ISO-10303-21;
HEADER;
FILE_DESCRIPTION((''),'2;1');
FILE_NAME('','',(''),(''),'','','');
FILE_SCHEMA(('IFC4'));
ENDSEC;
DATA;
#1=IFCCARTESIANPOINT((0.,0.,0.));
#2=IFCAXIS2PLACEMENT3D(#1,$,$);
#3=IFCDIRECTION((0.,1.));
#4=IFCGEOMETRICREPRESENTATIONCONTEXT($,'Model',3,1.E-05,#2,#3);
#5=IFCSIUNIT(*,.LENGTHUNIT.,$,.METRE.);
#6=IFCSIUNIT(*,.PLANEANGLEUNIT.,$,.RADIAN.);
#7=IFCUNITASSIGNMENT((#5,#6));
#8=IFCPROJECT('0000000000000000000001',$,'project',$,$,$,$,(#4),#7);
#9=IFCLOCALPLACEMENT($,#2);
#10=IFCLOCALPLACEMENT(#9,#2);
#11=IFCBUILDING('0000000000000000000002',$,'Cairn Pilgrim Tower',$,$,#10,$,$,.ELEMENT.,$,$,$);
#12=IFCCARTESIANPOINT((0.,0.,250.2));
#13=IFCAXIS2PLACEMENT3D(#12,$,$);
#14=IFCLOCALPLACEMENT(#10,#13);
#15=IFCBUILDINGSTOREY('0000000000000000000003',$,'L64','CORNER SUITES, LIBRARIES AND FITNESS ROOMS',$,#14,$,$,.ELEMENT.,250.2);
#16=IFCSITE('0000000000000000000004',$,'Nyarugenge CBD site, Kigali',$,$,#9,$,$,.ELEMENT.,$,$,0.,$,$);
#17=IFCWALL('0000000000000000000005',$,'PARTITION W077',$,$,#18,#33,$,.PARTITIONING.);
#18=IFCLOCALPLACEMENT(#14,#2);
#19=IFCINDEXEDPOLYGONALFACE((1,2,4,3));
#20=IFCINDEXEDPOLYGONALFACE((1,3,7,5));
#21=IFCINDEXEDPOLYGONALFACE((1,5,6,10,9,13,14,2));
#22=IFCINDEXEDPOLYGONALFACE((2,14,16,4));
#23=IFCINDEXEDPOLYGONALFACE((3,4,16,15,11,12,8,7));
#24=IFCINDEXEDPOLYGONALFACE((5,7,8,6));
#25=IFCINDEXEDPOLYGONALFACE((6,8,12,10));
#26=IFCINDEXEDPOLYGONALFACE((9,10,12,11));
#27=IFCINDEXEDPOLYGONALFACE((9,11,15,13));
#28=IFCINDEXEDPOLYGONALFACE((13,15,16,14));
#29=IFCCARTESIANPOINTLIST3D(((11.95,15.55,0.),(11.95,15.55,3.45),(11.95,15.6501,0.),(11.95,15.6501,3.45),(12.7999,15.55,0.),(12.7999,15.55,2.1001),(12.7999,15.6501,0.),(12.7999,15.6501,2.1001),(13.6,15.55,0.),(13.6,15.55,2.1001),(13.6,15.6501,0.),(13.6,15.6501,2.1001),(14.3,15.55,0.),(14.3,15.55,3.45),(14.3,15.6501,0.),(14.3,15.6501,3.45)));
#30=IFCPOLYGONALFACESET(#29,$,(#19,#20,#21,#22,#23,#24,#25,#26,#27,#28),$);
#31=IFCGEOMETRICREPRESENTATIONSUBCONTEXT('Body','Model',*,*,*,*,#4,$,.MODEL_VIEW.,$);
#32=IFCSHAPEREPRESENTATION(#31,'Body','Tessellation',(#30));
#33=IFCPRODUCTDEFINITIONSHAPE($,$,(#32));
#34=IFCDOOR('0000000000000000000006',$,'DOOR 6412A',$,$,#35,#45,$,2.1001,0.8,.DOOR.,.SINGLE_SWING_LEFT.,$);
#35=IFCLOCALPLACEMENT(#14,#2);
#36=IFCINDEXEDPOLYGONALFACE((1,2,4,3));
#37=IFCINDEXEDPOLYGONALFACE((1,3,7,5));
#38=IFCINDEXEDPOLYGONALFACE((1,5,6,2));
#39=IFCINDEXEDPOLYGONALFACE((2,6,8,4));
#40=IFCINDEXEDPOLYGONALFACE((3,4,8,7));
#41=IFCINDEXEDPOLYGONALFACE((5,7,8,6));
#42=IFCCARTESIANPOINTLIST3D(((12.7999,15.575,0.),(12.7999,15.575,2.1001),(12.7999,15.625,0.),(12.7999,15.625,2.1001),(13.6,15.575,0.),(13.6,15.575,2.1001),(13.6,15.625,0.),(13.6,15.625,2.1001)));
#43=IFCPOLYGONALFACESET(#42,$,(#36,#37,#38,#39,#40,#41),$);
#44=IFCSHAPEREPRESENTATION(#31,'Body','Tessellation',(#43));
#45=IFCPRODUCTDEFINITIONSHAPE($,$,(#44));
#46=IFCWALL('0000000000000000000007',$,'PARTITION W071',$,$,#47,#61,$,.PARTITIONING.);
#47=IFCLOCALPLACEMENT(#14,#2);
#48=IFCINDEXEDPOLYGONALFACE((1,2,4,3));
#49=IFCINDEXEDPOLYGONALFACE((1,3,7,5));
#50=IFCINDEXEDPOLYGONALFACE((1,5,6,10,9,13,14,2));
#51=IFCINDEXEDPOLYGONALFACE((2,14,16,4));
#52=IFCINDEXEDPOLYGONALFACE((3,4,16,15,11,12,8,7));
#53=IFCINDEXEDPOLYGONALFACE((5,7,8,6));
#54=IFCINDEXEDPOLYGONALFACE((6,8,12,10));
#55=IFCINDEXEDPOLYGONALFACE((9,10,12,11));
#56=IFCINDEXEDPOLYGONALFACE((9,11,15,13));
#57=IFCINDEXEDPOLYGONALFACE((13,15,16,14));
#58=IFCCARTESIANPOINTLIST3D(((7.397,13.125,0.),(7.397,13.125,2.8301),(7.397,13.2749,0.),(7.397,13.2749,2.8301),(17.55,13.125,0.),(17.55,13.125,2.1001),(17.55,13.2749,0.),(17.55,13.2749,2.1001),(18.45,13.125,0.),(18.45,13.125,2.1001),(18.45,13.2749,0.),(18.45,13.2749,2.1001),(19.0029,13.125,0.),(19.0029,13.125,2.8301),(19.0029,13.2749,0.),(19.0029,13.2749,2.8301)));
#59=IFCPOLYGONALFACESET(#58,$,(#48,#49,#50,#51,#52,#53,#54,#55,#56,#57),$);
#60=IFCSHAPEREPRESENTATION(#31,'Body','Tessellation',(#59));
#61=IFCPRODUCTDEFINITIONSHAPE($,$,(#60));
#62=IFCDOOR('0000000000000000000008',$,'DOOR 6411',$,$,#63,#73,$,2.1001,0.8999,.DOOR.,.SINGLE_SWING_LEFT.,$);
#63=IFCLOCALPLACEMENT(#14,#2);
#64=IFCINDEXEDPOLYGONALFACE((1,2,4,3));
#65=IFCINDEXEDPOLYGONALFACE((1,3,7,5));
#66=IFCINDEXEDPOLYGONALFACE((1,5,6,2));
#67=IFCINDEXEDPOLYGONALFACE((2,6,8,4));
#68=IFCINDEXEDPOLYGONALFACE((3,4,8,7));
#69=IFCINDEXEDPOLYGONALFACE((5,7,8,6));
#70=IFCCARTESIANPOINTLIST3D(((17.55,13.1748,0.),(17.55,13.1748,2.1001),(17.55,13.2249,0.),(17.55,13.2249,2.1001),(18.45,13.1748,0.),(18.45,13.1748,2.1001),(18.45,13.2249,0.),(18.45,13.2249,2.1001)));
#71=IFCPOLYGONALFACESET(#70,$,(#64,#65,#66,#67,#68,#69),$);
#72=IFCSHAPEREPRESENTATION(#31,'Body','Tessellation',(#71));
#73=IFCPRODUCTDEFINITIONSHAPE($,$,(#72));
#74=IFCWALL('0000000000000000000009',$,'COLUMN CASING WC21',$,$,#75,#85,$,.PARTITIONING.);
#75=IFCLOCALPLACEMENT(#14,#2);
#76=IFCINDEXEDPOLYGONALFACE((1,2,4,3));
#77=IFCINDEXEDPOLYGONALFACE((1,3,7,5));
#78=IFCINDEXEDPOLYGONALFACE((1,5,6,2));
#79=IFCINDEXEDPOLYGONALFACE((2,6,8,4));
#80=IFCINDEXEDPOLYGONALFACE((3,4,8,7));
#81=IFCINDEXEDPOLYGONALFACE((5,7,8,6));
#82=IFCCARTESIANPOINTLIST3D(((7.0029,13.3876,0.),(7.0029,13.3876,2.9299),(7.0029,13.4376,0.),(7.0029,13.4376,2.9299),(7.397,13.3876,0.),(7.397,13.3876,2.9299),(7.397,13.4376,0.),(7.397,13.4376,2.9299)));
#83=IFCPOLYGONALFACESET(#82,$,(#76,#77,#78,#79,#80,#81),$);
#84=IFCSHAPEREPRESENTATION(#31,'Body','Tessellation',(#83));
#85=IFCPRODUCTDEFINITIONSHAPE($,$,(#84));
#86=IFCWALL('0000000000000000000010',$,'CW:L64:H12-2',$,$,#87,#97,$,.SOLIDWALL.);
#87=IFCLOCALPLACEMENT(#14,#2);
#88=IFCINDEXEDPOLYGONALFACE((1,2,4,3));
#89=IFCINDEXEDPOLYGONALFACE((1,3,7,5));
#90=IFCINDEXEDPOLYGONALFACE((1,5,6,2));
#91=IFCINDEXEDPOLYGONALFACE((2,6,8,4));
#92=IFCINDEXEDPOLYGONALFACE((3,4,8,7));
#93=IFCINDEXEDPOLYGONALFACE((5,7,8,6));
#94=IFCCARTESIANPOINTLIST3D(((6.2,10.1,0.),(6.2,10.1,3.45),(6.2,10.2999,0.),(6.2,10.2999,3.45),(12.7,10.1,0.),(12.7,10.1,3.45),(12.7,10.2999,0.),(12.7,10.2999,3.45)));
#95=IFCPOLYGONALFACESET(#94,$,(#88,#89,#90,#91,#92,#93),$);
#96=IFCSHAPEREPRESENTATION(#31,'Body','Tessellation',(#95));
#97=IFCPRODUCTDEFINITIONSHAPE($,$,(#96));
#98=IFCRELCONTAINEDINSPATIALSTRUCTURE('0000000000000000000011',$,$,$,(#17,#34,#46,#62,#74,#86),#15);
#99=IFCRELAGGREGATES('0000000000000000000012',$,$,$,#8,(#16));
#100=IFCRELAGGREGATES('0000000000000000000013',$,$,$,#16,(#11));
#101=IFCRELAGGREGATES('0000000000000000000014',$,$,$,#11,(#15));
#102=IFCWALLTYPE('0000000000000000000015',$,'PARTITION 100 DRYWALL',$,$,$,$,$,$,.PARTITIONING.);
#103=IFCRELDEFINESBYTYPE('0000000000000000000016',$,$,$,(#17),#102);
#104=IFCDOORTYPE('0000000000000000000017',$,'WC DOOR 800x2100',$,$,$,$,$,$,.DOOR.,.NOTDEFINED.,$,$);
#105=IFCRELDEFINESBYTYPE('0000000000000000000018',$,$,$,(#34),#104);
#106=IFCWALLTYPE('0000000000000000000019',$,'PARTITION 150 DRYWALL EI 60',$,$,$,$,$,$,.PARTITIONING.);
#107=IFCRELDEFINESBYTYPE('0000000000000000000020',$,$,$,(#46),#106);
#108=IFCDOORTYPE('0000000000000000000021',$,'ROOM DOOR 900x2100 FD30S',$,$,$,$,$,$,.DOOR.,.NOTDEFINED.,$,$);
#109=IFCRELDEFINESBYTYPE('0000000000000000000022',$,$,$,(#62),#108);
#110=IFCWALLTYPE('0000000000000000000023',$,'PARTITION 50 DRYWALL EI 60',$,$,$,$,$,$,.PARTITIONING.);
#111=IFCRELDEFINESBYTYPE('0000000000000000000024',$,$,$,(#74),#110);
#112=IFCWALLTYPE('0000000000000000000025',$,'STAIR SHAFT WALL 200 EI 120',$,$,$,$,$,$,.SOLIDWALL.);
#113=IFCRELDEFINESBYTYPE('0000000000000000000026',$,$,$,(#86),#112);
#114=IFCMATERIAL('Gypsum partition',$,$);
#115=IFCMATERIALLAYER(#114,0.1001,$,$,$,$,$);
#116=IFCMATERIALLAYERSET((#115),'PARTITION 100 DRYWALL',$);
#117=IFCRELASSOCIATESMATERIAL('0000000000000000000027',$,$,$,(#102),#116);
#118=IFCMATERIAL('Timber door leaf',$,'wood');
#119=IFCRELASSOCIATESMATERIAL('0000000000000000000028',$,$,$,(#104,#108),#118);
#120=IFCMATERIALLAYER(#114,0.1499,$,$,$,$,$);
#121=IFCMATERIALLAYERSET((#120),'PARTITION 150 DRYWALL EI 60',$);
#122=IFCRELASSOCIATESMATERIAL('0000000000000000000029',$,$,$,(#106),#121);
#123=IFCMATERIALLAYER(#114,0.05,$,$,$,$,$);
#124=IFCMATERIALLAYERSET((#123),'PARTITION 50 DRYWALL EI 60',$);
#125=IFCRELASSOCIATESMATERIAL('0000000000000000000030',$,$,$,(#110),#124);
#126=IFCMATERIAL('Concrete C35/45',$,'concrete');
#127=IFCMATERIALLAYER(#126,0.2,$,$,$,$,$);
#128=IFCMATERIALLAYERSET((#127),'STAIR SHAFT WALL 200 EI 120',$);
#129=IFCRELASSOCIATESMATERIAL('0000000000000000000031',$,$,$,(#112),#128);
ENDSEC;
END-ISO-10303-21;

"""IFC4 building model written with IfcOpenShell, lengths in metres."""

from ifc_helpers import new_model, si_unit, direction, frame, frame_2d, origin, place, context, subcontext, project, spatial, rectangle, extrude, material, layer, layer_set, type_object, element, fill, save


model = new_model("IFC4")

# Units and contexts
model_context = context("Model", 3, precision=1e-05, world=origin(), true_north=direction((0.0, 1.0)))
body_context = subcontext(model_context, "Body", "Model", "MODEL_VIEW")
ifc_project = project(units=[si_unit("LENGTHUNIT", "METRE"), si_unit("PLANEANGLEUNIT", "RADIAN")], contexts=[model_context])

# Site, building, storey
site_placement = place(None, origin())
site = spatial("IfcSite", under=ifc_project, at=site_placement, Name="Nyarugenge CBD site, Kigali", CompositionType="ELEMENT", RefElevation=0.0)
building_placement = place(site_placement, origin())
building = spatial("IfcBuilding", under=site, at=building_placement, Name="Cairn Pilgrim Tower", CompositionType="ELEMENT")
storey_placement = place(building_placement, frame((0.0, 0.0, 250.2)))
storey = spatial("IfcBuildingStorey", under=building, at=storey_placement, Name="L64", Description="CORNER SUITES, LIBRARIES AND FITNESS ROOMS", CompositionType="ELEMENT", Elevation=250.2)

# Walls, openings, doors
ifc_material_1 = material(Name="Gypsum partition")
ifc_layer_1 = layer(ifc_material_1, 0.1001)
ifc_layer_set_1 = layer_set([ifc_layer_1], Name="PARTITION 100 DRYWALL")
wall_type_1 = type_object("IfcWallType", Name="PARTITION 100 DRYWALL", PredefinedType="PARTITIONING", material=ifc_layer_set_1)
wall_1_placement = place(storey_placement, frame((11.95, 15.6001, 0.0), z_axis=(0.0, 0.0, 1.0), x_axis=(1.0, 0.0, 0.0)))
wall_1 = element("IfcWall", 1, at=wall_1_placement, inside=storey, type_object=wall_type_1, Name="PARTITION W077", PredefinedType="PARTITIONING", context=body_context, shape_type="SweptSolid", body=[
    extrude(rectangle(XDim=2.3501, YDim=0.1001, at=frame_2d((1.175, 0.0))), origin(), (0.0, 0.0, 1.0), 3.45),
])
opening_1_placement = place(wall_1_placement, frame((0.8501, 0.0, 0.0)))
opening_1 = element("IfcOpeningElement", 2, at=opening_1_placement, cuts=wall_1, PredefinedType="OPENING", context=body_context, shape_type="SweptSolid", body=[
    extrude(rectangle(XDim=0.8, YDim=2.1001, at=frame_2d((0.3999, 1.05))), frame((0.0, 0.0601, 0.0), z_axis=(0.0, -1.0, 0.0), x_axis=(1.0, 0.0, 0.0)), (0.0, 0.0, 1.0), 0.1201),
])
ifc_material_2 = material(Name="Timber door leaf", Category="wood")
door_type_1 = type_object("IfcDoorType", Name="WC DOOR 800x2100", OperationType="NOTDEFINED", PredefinedType="DOOR", material=ifc_material_2)
door_1_placement = place(opening_1_placement, origin())
door_1 = element("IfcDoor", 3, at=door_1_placement, inside=storey, type_object=door_type_1, Name="DOOR 6412A", OperationType="SINGLE_SWING_LEFT", OverallHeight=2.1001, OverallWidth=0.8, PredefinedType="DOOR", context=body_context, shape_type="SweptSolid", body=[
    extrude(rectangle(XDim=0.8, YDim=2.1001, at=frame_2d((0.3999, 1.05))), frame((0.0, 0.0249, 0.0), z_axis=(0.0, -1.0, 0.0), x_axis=(1.0, 0.0, 0.0)), (0.0, 0.0, 1.0), 0.05),
])
fill(opening_1, door_1)
ifc_layer_2 = layer(ifc_material_1, 0.1499)
ifc_layer_set_2 = layer_set([ifc_layer_2], Name="PARTITION 150 DRYWALL EI 60")
wall_type_2 = type_object("IfcWallType", Name="PARTITION 150 DRYWALL EI 60", PredefinedType="PARTITIONING", material=ifc_layer_set_2)
wall_2_placement = place(storey_placement, frame((7.397, 13.2, 0.0), z_axis=(0.0, 0.0, 1.0), x_axis=(1.0, 0.0, 0.0)))
wall_2 = element("IfcWall", 4, at=wall_2_placement, inside=storey, type_object=wall_type_2, Name="PARTITION W071", PredefinedType="PARTITIONING", context=body_context, shape_type="SweptSolid", body=[
    extrude(rectangle(XDim=11.606, YDim=0.1499, at=frame_2d((5.803, 0.0))), origin(), (0.0, 0.0, 1.0), 2.8301),
])
opening_2_placement = place(wall_2_placement, frame((10.1531, 0.0, 0.0)))
opening_2 = element("IfcOpeningElement", 5, at=opening_2_placement, cuts=wall_2, PredefinedType="OPENING", context=body_context, shape_type="SweptSolid", body=[
    extrude(rectangle(XDim=0.8999, YDim=2.1001, at=frame_2d((0.45, 1.05))), frame((0.0, 0.085, 0.0), z_axis=(0.0, -1.0, 0.0), x_axis=(1.0, 0.0, 0.0)), (0.0, 0.0, 1.0), 0.1699),
])
door_type_2 = type_object("IfcDoorType", Name="ROOM DOOR 900x2100 FD30S", OperationType="NOTDEFINED", PredefinedType="DOOR", material=ifc_material_2)
door_2_placement = place(opening_2_placement, origin())
door_2 = element("IfcDoor", 6, at=door_2_placement, inside=storey, type_object=door_type_2, Name="DOOR 6411", OperationType="SINGLE_SWING_LEFT", OverallHeight=2.1001, OverallWidth=0.8999, PredefinedType="DOOR", context=body_context, shape_type="SweptSolid", body=[
    extrude(rectangle(XDim=0.8999, YDim=2.1001, at=frame_2d((0.45, 1.05))), frame((0.0, 0.0249, 0.0), z_axis=(0.0, -1.0, 0.0), x_axis=(1.0, 0.0, 0.0)), (0.0, 0.0, 1.0), 0.05),
])
fill(opening_2, door_2)

# Walls
ifc_layer_3 = layer(ifc_material_1, 0.05)
ifc_layer_set_3 = layer_set([ifc_layer_3], Name="PARTITION 50 DRYWALL EI 60")
wall_type_3 = type_object("IfcWallType", Name="PARTITION 50 DRYWALL EI 60", PredefinedType="PARTITIONING", material=ifc_layer_set_3)
wall_3_placement = place(storey_placement, frame((7.0029, 13.4126, 0.0), z_axis=(0.0, 0.0, 1.0), x_axis=(1.0, 0.0, 0.0)))
element("IfcWall", 7, at=wall_3_placement, inside=storey, type_object=wall_type_3, Name="COLUMN CASING WC21", PredefinedType="PARTITIONING", context=body_context, shape_type="SweptSolid", body=[
    extrude(rectangle(XDim=0.394, YDim=0.05, at=frame_2d((0.197, 0.0))), origin(), (0.0, 0.0, 1.0), 2.9299),
])
ifc_material_3 = material(Name="Concrete C35/45", Category="concrete")
ifc_layer_4 = layer(ifc_material_3, 0.2)
ifc_layer_set_4 = layer_set([ifc_layer_4], Name="STAIR SHAFT WALL 200 EI 120")
wall_type_4 = type_object("IfcWallType", Name="STAIR SHAFT WALL 200 EI 120", PredefinedType="SOLIDWALL", material=ifc_layer_set_4)
wall_4_placement = place(storey_placement, frame((6.2, 10.2, 0.0), z_axis=(0.0, 0.0, 1.0), x_axis=(1.0, 0.0, 0.0)))
element("IfcWall", 8, at=wall_4_placement, inside=storey, type_object=wall_type_4, Name="CW:L64:H12-2", PredefinedType="SOLIDWALL", context=body_context, shape_type="SweptSolid", body=[
    extrude(rectangle(XDim=6.5, YDim=0.2, at=frame_2d((3.25, 0.0))), origin(), (0.0, 0.0, 1.0), 3.45),
])

save(model, "model.ifc")
